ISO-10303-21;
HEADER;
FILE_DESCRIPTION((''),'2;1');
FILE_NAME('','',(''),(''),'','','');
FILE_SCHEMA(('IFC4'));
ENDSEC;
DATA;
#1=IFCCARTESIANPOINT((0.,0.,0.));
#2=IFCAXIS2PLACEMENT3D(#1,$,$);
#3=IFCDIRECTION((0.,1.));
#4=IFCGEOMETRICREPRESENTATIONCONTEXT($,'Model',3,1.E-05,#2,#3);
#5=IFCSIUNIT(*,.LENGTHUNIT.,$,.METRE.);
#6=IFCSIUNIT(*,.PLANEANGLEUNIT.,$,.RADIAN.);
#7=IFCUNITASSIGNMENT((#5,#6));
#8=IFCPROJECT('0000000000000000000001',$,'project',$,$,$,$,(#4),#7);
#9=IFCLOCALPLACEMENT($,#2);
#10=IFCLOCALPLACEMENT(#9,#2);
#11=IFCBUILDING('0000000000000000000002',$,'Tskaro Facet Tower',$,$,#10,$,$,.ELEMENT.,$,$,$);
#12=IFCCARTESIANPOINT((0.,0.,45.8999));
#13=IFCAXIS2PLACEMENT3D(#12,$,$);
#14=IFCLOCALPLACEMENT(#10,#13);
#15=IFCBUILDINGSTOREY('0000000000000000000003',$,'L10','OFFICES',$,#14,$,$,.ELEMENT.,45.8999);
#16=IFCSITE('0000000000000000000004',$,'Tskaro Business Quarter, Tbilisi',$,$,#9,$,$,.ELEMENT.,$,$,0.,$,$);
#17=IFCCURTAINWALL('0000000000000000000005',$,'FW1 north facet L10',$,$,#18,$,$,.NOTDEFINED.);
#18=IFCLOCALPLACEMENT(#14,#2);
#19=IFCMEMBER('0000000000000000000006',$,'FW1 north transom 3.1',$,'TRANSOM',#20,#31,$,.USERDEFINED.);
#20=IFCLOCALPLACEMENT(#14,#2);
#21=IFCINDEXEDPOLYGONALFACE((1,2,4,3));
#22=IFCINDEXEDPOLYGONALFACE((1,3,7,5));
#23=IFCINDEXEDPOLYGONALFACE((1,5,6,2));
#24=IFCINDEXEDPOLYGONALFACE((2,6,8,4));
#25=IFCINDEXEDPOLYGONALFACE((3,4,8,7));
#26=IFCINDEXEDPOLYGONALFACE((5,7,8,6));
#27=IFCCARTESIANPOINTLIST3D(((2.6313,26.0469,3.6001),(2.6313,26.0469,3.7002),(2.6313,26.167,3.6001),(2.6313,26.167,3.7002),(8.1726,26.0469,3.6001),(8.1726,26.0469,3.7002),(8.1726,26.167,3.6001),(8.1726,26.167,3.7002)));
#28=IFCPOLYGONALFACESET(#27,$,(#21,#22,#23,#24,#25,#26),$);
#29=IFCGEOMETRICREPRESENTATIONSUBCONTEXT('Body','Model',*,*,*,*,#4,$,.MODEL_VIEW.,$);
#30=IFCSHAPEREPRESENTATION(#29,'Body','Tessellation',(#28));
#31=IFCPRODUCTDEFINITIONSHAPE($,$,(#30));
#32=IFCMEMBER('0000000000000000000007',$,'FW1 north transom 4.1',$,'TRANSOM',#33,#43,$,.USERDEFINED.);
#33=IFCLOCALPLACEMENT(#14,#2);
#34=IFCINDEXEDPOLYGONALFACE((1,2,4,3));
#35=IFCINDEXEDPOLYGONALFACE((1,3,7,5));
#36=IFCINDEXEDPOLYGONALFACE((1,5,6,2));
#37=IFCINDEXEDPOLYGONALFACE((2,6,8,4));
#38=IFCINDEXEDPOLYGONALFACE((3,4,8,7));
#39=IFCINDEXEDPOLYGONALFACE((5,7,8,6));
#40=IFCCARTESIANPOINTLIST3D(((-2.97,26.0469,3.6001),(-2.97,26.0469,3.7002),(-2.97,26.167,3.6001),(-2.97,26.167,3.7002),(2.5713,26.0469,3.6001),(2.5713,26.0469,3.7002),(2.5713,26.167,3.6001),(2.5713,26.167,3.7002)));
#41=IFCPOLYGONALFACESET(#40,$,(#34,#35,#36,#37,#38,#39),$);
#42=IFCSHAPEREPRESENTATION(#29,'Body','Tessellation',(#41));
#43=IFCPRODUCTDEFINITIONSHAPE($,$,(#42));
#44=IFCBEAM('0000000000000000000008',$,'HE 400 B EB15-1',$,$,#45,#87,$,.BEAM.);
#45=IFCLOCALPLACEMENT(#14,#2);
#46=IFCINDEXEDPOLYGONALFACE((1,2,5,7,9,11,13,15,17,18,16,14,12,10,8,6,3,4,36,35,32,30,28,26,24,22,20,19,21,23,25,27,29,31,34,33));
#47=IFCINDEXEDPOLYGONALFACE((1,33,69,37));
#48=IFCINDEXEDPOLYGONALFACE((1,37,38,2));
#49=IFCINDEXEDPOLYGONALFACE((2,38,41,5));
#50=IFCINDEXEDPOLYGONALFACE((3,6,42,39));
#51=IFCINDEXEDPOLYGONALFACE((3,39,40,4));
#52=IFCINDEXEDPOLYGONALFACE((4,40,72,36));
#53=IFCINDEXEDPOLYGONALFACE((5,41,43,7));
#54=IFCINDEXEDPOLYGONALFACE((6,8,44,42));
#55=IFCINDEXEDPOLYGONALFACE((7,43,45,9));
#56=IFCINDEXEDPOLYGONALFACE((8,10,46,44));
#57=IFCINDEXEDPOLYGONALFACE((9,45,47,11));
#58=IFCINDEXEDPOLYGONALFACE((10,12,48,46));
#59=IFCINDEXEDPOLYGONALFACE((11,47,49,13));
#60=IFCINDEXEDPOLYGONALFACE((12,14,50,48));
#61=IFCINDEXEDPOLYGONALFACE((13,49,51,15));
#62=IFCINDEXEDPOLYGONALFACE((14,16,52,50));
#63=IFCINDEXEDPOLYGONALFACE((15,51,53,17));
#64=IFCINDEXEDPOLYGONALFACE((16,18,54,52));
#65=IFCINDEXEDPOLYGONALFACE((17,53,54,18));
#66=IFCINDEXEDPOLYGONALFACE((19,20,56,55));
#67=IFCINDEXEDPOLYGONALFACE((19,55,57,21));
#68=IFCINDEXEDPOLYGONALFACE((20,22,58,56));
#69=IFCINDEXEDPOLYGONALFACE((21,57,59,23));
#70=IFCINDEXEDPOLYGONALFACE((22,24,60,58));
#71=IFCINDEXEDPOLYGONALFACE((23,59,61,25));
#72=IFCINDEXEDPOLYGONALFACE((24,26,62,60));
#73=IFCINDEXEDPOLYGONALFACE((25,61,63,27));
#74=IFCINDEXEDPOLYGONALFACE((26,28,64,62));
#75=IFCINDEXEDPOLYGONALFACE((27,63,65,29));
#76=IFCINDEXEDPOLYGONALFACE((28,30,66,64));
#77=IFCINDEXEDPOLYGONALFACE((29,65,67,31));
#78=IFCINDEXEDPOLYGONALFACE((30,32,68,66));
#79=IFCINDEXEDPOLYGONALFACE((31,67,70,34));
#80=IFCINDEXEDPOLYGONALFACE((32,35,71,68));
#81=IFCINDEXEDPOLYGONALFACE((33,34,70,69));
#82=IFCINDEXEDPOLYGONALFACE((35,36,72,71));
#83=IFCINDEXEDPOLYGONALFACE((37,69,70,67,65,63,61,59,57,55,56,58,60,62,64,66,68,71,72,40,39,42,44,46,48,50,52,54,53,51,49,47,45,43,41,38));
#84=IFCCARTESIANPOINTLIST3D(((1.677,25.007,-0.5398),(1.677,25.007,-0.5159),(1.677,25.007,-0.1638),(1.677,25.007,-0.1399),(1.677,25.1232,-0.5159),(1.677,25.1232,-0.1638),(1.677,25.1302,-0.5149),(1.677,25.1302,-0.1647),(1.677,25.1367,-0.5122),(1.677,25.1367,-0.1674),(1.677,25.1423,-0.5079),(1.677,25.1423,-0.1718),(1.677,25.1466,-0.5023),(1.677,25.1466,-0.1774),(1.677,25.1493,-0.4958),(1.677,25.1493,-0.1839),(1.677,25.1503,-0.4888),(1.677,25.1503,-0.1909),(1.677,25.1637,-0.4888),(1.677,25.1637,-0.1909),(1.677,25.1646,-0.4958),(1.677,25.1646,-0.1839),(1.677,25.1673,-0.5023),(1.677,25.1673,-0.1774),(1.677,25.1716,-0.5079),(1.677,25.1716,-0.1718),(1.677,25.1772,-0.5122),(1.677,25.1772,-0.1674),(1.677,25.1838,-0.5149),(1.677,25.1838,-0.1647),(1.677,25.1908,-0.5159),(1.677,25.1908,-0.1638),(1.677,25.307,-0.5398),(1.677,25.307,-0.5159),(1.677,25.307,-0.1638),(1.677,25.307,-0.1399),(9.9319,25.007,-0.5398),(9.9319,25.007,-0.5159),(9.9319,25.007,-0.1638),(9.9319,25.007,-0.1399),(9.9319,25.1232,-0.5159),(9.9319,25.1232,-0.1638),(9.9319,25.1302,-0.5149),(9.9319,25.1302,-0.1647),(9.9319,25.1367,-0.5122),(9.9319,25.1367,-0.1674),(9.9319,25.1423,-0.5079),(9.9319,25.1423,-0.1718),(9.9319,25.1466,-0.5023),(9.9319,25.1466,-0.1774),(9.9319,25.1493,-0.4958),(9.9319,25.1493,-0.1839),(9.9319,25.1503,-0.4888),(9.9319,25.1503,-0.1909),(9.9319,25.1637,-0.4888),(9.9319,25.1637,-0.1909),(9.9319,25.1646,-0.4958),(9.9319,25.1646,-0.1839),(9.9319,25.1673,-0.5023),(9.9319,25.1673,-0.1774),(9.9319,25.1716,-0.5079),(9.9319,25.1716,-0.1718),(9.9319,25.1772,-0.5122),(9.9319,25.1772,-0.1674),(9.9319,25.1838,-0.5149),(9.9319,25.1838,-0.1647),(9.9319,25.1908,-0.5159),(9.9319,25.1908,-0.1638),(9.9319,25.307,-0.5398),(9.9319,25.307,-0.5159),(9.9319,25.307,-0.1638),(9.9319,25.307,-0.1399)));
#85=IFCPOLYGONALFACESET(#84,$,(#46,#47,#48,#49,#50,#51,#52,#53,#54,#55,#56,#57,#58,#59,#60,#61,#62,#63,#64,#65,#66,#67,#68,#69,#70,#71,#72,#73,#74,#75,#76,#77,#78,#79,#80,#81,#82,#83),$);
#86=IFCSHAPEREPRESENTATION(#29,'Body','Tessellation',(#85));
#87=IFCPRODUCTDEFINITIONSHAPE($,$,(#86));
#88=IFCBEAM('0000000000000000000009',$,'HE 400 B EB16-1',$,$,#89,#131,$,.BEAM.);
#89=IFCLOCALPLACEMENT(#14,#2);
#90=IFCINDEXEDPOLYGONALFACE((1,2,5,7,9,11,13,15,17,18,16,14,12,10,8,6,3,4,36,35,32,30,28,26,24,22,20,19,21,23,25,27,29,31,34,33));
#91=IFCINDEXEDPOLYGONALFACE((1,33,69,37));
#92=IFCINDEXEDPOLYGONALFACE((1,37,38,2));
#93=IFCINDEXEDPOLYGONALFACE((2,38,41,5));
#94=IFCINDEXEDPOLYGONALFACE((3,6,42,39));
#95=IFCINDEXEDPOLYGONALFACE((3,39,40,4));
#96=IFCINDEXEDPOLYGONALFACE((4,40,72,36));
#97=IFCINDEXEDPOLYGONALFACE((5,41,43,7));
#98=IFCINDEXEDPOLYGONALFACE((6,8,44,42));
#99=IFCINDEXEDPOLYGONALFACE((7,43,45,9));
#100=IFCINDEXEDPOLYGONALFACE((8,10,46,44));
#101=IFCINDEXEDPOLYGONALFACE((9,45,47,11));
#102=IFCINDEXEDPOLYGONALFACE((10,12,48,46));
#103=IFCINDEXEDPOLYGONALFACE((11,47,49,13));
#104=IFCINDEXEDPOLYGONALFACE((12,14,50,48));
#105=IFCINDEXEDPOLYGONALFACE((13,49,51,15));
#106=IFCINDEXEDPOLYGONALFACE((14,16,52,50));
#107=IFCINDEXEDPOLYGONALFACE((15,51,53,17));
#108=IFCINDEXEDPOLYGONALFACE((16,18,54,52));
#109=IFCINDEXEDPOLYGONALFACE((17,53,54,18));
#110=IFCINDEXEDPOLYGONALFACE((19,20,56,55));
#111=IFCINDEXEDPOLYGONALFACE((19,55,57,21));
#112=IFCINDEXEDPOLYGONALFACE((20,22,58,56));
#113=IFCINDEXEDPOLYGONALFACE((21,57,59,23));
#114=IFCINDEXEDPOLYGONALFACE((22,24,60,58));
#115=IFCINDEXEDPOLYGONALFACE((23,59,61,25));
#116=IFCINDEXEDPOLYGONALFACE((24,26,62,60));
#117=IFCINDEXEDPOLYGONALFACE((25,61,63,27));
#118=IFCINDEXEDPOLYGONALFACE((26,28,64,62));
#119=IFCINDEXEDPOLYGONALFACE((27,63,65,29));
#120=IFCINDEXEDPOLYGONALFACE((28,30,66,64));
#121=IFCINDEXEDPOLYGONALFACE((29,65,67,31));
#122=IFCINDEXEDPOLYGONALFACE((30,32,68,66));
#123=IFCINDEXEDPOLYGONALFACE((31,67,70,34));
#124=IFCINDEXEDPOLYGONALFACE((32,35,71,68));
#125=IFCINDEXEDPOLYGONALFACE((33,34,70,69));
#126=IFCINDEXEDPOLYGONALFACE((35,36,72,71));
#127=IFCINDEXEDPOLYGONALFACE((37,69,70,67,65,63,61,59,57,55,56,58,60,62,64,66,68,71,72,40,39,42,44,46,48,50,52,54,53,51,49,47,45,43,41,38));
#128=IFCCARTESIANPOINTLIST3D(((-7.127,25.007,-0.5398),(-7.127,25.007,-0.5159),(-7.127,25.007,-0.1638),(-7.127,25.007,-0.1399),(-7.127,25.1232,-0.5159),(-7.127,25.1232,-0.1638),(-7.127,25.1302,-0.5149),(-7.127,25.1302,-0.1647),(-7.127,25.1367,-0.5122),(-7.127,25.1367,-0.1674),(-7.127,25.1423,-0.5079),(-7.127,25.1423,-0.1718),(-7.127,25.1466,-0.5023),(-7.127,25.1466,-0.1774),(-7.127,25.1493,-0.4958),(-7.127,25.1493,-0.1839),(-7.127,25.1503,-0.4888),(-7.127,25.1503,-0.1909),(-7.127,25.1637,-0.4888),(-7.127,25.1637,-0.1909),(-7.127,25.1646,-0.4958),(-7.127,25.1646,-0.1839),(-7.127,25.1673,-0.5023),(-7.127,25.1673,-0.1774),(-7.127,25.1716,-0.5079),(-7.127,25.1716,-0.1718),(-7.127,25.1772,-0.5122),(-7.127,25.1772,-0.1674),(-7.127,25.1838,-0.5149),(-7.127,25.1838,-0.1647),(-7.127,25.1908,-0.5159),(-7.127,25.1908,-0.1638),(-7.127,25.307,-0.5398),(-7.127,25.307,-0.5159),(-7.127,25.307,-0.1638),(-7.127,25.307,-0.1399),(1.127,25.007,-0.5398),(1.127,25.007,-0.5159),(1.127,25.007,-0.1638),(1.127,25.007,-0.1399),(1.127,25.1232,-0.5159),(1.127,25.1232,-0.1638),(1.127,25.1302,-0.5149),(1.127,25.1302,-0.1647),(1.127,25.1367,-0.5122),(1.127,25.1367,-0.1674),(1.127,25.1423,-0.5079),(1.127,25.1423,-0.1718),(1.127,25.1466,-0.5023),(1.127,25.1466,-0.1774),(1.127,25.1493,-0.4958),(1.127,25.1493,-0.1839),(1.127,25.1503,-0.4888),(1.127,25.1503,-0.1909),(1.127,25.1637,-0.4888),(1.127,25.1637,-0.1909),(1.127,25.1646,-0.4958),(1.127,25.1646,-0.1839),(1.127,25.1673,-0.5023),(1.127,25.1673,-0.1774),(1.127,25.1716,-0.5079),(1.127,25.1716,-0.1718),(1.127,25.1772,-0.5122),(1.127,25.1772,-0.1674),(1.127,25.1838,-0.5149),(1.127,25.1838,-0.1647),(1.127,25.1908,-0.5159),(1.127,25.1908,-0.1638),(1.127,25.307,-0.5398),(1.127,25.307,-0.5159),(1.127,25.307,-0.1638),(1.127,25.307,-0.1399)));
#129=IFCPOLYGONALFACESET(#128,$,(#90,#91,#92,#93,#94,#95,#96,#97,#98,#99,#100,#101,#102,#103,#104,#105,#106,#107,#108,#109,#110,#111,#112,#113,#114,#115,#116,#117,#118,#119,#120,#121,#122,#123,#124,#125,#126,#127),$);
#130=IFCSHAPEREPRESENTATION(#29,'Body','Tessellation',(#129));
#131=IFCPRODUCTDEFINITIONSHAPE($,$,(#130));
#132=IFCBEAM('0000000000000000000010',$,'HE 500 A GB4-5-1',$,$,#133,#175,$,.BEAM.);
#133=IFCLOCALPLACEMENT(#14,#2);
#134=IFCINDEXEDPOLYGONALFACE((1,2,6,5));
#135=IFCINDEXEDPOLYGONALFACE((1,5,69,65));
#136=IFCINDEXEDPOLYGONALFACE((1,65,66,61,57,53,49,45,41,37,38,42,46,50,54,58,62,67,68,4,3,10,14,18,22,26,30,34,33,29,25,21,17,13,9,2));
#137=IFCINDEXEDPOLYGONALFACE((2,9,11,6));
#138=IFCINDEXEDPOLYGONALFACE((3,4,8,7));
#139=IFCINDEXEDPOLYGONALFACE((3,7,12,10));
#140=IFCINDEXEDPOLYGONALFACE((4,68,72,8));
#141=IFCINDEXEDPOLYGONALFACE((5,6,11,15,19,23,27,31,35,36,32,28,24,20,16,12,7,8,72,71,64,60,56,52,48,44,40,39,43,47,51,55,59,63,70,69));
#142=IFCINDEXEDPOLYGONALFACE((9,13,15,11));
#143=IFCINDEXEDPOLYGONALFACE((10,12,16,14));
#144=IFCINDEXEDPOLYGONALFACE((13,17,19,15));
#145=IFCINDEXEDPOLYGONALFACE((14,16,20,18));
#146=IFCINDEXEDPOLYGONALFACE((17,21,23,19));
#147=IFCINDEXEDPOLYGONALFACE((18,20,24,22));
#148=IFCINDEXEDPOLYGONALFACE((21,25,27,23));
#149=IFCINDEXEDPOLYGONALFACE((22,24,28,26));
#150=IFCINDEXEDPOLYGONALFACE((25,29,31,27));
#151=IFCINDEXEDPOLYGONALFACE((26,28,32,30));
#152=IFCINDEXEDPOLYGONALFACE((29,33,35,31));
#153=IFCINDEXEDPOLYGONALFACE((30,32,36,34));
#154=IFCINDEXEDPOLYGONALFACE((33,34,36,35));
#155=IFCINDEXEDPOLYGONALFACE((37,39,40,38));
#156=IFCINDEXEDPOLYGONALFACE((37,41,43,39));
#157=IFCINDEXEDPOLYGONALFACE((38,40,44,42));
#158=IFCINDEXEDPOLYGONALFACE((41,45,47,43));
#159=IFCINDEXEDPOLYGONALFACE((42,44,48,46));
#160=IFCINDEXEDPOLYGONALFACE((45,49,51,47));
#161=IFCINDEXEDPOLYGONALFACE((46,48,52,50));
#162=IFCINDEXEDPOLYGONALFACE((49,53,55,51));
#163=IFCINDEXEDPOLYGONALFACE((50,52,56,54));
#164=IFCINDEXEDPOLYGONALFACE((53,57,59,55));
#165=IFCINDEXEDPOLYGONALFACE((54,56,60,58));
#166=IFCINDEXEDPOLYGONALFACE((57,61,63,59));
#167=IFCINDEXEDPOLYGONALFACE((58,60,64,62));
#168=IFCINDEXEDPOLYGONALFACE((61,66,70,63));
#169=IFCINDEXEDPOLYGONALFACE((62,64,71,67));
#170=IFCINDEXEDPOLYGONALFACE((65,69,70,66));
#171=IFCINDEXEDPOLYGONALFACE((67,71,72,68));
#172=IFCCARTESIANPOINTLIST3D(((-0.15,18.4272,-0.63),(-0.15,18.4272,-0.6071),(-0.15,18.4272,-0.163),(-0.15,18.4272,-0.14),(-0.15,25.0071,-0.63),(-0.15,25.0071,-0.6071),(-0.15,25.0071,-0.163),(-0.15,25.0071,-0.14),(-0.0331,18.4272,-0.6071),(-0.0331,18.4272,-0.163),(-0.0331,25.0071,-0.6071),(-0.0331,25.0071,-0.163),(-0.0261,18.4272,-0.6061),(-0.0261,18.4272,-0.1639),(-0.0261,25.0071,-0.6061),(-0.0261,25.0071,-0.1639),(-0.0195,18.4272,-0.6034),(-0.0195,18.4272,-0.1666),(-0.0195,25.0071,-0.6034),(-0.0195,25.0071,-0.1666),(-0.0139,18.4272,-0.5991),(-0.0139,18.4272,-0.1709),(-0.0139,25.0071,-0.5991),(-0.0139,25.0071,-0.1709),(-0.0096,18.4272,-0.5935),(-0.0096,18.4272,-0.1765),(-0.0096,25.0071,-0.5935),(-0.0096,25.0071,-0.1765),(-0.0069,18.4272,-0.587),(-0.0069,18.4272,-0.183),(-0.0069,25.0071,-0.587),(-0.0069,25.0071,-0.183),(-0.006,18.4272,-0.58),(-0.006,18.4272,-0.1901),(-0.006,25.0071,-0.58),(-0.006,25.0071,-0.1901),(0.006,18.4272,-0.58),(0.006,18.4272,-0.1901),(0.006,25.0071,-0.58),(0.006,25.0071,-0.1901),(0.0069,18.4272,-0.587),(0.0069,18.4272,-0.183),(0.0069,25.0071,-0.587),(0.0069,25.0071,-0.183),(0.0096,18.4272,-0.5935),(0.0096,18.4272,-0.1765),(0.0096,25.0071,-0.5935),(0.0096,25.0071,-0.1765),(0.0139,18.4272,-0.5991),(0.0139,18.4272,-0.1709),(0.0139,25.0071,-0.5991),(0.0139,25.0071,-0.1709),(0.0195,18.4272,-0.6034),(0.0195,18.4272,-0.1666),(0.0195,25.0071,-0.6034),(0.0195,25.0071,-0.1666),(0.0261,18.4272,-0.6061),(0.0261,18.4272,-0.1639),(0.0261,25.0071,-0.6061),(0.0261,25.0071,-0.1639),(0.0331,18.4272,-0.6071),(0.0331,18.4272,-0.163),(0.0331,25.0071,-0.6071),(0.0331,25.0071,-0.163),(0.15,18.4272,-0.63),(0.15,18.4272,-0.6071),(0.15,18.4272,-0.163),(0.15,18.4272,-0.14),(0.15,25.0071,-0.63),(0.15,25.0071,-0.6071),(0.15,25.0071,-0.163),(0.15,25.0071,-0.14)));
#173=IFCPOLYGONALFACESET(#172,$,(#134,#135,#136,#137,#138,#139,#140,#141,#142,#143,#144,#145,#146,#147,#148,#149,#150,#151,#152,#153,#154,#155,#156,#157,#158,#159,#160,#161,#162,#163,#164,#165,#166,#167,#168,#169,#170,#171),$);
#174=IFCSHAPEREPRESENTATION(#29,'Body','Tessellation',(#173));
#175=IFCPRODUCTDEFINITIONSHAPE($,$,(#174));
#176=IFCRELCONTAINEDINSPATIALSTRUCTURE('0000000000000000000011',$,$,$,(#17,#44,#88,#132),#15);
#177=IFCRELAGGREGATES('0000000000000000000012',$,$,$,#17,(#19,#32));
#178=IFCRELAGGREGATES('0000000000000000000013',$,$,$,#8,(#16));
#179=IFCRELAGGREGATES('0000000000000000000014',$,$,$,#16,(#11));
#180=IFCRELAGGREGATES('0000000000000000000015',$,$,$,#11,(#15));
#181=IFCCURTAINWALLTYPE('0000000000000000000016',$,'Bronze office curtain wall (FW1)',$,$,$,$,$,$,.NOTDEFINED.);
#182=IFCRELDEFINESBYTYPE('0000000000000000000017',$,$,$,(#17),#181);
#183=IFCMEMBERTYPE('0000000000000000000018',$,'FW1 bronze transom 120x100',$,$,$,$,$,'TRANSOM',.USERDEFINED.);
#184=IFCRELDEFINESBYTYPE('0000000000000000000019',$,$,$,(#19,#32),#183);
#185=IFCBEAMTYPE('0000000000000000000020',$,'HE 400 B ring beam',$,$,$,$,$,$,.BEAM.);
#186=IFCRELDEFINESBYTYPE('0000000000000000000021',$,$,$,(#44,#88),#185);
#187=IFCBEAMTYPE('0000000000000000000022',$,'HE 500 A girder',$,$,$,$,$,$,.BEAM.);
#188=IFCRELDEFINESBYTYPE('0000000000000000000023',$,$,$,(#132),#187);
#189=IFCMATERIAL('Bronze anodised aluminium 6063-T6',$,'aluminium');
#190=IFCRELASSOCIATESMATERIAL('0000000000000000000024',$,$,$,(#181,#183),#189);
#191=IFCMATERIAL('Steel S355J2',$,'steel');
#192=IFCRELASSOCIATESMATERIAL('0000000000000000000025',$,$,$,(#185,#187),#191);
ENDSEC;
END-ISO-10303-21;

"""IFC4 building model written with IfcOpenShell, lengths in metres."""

from ifc_helpers import new_model, si_unit, direction, frame, origin, origin_2d, place, context, subcontext, project, spatial, rectangle, i_section, extrude, material, material_profile, profile_set, type_object, element, aggregate, save


model = new_model("IFC4")

# Units and contexts
model_context = context("Model", 3, precision=1e-05, world=origin(), true_north=direction((0.0, 1.0)))
body_context = subcontext(model_context, "Body", "Model", "MODEL_VIEW")
ifc_project = project(units=[si_unit("LENGTHUNIT", "METRE"), si_unit("PLANEANGLEUNIT", "RADIAN")], contexts=[model_context])

# Site, building, storey
site_placement = place(None, origin())
site = spatial("IfcSite", under=ifc_project, at=site_placement, Name="Tskaro Business Quarter, Tbilisi", CompositionType="ELEMENT", RefElevation=0.0)
building_placement = place(site_placement, origin())
building = spatial("IfcBuilding", under=site, at=building_placement, Name="Tskaro Facet Tower", CompositionType="ELEMENT")
storey_placement = place(building_placement, frame((0.0, 0.0, 45.8999)))
storey = spatial("IfcBuildingStorey", under=building, at=storey_placement, Name="L10", Description="OFFICES", CompositionType="ELEMENT", Elevation=45.8999)

# Curtain wall, members
ifc_material_1 = material(Name="Bronze anodised aluminium 6063-T6", Category="aluminium")
curtain_wall_type = type_object("IfcCurtainWallType", Name="Bronze office curtain wall (FW1)", PredefinedType="NOTDEFINED", material=ifc_material_1)
curtain_wall_placement = place(storey_placement, origin())
curtain_wall = element("IfcCurtainWall", 1, at=curtain_wall_placement, inside=storey, type_object=curtain_wall_type, Name="FW1 north facet L10", PredefinedType="NOTDEFINED")
ifc_material_profile_1 = material_profile(ifc_material_1, rectangle(XDim=0.1201, YDim=0.1001, at=origin_2d()), Name="Transom 120x100")
ifc_profile_set_1 = profile_set([ifc_material_profile_1], Name="Bronze anodised aluminium 6063-T6")
member_type_1 = type_object("IfcMemberType", Name="FW1 bronze transom 120x100", ElementType="TRANSOM", PredefinedType="USERDEFINED", material=ifc_profile_set_1)
member_1_placement = place(storey_placement, frame((8.1726, 26.1069, 3.6501), z_axis=(-1.0, 0.0, 0.0), x_axis=(0.0, -1.0, 0.0)))
member_1 = element("IfcMember", 2, at=member_1_placement, type_object=member_type_1, Name="FW1 north transom 3.1", ObjectType="TRANSOM", PredefinedType="USERDEFINED", context=body_context, shape_type="SweptSolid", body=[
    extrude(rectangle(XDim=0.1201, YDim=0.1001, at=origin_2d()), origin(), (0.0, 0.0, 1.0), 5.5413),
])
member_2_placement = place(storey_placement, frame((2.5713, 26.1069, 3.6501), z_axis=(-1.0, 0.0, 0.0), x_axis=(0.0, -1.0, 0.0)))
member_2 = element("IfcMember", 3, at=member_2_placement, type_object=member_type_1, Name="FW1 north transom 4.1", ObjectType="TRANSOM", PredefinedType="USERDEFINED", context=body_context, shape_type="SweptSolid", body=[
    extrude(rectangle(XDim=0.1201, YDim=0.1001, at=origin_2d()), origin(), (0.0, 0.0, 1.0), 5.5413),
])

# Beams
ifc_material_2 = material(Name="Steel S355J2", Category="steel")
ifc_material_profile_2 = material_profile(ifc_material_2, i_section(OverallWidth=0.3, OverallDepth=0.3999, WebThickness=0.0134, FlangeThickness=0.0239, FilletRadius=0.0271, at=origin_2d()), Name="HE 400 B")
ifc_profile_set_2 = profile_set([ifc_material_profile_2], Name="Steel S355J2")
beam_type_1 = type_object("IfcBeamType", Name="HE 400 B ring beam", PredefinedType="BEAM", material=ifc_profile_set_2)
beam_1_placement = place(storey_placement, frame((9.9319, 25.157, -0.3398), z_axis=(-1.0, 0.0, 0.0), x_axis=(0.0, -1.0, 0.0)))
element("IfcBeam", 4, at=beam_1_placement, inside=storey, type_object=beam_type_1, Name="HE 400 B EB15-1", PredefinedType="BEAM", context=body_context, shape_type="SweptSolid", body=[
    extrude(i_section(OverallWidth=0.3, OverallDepth=0.3999, WebThickness=0.0134, FlangeThickness=0.0239, FilletRadius=0.0271, at=origin_2d()), origin(), (0.0, 0.0, 1.0), 8.2549),
])
beam_2_placement = place(storey_placement, frame((1.127, 25.157, -0.3398), z_axis=(-1.0, 0.0, 0.0), x_axis=(0.0, -1.0, 0.0)))
element("IfcBeam", 5, at=beam_2_placement, inside=storey, type_object=beam_type_1, Name="HE 400 B EB16-1", PredefinedType="BEAM", context=body_context, shape_type="SweptSolid", body=[
    extrude(i_section(OverallWidth=0.3, OverallDepth=0.3999, WebThickness=0.0134, FlangeThickness=0.0239, FilletRadius=0.0271, at=origin_2d()), origin(), (0.0, 0.0, 1.0), 8.2539),
])
ifc_material_profile_3 = material_profile(ifc_material_2, i_section(OverallWidth=0.3, OverallDepth=0.49, WebThickness=0.012, FlangeThickness=0.0229, FilletRadius=0.0271, at=origin_2d()), Name="HE 500 A")
ifc_profile_set_3 = profile_set([ifc_material_profile_3], Name="Steel S355J2")
beam_type_2 = type_object("IfcBeamType", Name="HE 500 A girder", PredefinedType="BEAM", material=ifc_profile_set_3)
for number, where, z_axis, x_axis, name in (
    (6, (0.0, 18.4272, -0.385), (0.0, 1.0, 0.0), (-1.0, 0.0, 0.0), "HE 500 A GB4-5-1"),
):
    element("IfcBeam", number, at=place(storey_placement, frame(where, z_axis=z_axis, x_axis=x_axis)), inside=storey, type_object=beam_type_2, Name=name, PredefinedType="BEAM", context=body_context, shape_type="SweptSolid", body=[
        extrude(i_section(OverallWidth=0.3, OverallDepth=0.49, WebThickness=0.012, FlangeThickness=0.0229, FilletRadius=0.0271, at=origin_2d()), origin(), (0.0, 0.0, 1.0), 6.5798),
    ])

aggregate(curtain_wall, [member_1, member_2])

save(model, "model.ifc")
